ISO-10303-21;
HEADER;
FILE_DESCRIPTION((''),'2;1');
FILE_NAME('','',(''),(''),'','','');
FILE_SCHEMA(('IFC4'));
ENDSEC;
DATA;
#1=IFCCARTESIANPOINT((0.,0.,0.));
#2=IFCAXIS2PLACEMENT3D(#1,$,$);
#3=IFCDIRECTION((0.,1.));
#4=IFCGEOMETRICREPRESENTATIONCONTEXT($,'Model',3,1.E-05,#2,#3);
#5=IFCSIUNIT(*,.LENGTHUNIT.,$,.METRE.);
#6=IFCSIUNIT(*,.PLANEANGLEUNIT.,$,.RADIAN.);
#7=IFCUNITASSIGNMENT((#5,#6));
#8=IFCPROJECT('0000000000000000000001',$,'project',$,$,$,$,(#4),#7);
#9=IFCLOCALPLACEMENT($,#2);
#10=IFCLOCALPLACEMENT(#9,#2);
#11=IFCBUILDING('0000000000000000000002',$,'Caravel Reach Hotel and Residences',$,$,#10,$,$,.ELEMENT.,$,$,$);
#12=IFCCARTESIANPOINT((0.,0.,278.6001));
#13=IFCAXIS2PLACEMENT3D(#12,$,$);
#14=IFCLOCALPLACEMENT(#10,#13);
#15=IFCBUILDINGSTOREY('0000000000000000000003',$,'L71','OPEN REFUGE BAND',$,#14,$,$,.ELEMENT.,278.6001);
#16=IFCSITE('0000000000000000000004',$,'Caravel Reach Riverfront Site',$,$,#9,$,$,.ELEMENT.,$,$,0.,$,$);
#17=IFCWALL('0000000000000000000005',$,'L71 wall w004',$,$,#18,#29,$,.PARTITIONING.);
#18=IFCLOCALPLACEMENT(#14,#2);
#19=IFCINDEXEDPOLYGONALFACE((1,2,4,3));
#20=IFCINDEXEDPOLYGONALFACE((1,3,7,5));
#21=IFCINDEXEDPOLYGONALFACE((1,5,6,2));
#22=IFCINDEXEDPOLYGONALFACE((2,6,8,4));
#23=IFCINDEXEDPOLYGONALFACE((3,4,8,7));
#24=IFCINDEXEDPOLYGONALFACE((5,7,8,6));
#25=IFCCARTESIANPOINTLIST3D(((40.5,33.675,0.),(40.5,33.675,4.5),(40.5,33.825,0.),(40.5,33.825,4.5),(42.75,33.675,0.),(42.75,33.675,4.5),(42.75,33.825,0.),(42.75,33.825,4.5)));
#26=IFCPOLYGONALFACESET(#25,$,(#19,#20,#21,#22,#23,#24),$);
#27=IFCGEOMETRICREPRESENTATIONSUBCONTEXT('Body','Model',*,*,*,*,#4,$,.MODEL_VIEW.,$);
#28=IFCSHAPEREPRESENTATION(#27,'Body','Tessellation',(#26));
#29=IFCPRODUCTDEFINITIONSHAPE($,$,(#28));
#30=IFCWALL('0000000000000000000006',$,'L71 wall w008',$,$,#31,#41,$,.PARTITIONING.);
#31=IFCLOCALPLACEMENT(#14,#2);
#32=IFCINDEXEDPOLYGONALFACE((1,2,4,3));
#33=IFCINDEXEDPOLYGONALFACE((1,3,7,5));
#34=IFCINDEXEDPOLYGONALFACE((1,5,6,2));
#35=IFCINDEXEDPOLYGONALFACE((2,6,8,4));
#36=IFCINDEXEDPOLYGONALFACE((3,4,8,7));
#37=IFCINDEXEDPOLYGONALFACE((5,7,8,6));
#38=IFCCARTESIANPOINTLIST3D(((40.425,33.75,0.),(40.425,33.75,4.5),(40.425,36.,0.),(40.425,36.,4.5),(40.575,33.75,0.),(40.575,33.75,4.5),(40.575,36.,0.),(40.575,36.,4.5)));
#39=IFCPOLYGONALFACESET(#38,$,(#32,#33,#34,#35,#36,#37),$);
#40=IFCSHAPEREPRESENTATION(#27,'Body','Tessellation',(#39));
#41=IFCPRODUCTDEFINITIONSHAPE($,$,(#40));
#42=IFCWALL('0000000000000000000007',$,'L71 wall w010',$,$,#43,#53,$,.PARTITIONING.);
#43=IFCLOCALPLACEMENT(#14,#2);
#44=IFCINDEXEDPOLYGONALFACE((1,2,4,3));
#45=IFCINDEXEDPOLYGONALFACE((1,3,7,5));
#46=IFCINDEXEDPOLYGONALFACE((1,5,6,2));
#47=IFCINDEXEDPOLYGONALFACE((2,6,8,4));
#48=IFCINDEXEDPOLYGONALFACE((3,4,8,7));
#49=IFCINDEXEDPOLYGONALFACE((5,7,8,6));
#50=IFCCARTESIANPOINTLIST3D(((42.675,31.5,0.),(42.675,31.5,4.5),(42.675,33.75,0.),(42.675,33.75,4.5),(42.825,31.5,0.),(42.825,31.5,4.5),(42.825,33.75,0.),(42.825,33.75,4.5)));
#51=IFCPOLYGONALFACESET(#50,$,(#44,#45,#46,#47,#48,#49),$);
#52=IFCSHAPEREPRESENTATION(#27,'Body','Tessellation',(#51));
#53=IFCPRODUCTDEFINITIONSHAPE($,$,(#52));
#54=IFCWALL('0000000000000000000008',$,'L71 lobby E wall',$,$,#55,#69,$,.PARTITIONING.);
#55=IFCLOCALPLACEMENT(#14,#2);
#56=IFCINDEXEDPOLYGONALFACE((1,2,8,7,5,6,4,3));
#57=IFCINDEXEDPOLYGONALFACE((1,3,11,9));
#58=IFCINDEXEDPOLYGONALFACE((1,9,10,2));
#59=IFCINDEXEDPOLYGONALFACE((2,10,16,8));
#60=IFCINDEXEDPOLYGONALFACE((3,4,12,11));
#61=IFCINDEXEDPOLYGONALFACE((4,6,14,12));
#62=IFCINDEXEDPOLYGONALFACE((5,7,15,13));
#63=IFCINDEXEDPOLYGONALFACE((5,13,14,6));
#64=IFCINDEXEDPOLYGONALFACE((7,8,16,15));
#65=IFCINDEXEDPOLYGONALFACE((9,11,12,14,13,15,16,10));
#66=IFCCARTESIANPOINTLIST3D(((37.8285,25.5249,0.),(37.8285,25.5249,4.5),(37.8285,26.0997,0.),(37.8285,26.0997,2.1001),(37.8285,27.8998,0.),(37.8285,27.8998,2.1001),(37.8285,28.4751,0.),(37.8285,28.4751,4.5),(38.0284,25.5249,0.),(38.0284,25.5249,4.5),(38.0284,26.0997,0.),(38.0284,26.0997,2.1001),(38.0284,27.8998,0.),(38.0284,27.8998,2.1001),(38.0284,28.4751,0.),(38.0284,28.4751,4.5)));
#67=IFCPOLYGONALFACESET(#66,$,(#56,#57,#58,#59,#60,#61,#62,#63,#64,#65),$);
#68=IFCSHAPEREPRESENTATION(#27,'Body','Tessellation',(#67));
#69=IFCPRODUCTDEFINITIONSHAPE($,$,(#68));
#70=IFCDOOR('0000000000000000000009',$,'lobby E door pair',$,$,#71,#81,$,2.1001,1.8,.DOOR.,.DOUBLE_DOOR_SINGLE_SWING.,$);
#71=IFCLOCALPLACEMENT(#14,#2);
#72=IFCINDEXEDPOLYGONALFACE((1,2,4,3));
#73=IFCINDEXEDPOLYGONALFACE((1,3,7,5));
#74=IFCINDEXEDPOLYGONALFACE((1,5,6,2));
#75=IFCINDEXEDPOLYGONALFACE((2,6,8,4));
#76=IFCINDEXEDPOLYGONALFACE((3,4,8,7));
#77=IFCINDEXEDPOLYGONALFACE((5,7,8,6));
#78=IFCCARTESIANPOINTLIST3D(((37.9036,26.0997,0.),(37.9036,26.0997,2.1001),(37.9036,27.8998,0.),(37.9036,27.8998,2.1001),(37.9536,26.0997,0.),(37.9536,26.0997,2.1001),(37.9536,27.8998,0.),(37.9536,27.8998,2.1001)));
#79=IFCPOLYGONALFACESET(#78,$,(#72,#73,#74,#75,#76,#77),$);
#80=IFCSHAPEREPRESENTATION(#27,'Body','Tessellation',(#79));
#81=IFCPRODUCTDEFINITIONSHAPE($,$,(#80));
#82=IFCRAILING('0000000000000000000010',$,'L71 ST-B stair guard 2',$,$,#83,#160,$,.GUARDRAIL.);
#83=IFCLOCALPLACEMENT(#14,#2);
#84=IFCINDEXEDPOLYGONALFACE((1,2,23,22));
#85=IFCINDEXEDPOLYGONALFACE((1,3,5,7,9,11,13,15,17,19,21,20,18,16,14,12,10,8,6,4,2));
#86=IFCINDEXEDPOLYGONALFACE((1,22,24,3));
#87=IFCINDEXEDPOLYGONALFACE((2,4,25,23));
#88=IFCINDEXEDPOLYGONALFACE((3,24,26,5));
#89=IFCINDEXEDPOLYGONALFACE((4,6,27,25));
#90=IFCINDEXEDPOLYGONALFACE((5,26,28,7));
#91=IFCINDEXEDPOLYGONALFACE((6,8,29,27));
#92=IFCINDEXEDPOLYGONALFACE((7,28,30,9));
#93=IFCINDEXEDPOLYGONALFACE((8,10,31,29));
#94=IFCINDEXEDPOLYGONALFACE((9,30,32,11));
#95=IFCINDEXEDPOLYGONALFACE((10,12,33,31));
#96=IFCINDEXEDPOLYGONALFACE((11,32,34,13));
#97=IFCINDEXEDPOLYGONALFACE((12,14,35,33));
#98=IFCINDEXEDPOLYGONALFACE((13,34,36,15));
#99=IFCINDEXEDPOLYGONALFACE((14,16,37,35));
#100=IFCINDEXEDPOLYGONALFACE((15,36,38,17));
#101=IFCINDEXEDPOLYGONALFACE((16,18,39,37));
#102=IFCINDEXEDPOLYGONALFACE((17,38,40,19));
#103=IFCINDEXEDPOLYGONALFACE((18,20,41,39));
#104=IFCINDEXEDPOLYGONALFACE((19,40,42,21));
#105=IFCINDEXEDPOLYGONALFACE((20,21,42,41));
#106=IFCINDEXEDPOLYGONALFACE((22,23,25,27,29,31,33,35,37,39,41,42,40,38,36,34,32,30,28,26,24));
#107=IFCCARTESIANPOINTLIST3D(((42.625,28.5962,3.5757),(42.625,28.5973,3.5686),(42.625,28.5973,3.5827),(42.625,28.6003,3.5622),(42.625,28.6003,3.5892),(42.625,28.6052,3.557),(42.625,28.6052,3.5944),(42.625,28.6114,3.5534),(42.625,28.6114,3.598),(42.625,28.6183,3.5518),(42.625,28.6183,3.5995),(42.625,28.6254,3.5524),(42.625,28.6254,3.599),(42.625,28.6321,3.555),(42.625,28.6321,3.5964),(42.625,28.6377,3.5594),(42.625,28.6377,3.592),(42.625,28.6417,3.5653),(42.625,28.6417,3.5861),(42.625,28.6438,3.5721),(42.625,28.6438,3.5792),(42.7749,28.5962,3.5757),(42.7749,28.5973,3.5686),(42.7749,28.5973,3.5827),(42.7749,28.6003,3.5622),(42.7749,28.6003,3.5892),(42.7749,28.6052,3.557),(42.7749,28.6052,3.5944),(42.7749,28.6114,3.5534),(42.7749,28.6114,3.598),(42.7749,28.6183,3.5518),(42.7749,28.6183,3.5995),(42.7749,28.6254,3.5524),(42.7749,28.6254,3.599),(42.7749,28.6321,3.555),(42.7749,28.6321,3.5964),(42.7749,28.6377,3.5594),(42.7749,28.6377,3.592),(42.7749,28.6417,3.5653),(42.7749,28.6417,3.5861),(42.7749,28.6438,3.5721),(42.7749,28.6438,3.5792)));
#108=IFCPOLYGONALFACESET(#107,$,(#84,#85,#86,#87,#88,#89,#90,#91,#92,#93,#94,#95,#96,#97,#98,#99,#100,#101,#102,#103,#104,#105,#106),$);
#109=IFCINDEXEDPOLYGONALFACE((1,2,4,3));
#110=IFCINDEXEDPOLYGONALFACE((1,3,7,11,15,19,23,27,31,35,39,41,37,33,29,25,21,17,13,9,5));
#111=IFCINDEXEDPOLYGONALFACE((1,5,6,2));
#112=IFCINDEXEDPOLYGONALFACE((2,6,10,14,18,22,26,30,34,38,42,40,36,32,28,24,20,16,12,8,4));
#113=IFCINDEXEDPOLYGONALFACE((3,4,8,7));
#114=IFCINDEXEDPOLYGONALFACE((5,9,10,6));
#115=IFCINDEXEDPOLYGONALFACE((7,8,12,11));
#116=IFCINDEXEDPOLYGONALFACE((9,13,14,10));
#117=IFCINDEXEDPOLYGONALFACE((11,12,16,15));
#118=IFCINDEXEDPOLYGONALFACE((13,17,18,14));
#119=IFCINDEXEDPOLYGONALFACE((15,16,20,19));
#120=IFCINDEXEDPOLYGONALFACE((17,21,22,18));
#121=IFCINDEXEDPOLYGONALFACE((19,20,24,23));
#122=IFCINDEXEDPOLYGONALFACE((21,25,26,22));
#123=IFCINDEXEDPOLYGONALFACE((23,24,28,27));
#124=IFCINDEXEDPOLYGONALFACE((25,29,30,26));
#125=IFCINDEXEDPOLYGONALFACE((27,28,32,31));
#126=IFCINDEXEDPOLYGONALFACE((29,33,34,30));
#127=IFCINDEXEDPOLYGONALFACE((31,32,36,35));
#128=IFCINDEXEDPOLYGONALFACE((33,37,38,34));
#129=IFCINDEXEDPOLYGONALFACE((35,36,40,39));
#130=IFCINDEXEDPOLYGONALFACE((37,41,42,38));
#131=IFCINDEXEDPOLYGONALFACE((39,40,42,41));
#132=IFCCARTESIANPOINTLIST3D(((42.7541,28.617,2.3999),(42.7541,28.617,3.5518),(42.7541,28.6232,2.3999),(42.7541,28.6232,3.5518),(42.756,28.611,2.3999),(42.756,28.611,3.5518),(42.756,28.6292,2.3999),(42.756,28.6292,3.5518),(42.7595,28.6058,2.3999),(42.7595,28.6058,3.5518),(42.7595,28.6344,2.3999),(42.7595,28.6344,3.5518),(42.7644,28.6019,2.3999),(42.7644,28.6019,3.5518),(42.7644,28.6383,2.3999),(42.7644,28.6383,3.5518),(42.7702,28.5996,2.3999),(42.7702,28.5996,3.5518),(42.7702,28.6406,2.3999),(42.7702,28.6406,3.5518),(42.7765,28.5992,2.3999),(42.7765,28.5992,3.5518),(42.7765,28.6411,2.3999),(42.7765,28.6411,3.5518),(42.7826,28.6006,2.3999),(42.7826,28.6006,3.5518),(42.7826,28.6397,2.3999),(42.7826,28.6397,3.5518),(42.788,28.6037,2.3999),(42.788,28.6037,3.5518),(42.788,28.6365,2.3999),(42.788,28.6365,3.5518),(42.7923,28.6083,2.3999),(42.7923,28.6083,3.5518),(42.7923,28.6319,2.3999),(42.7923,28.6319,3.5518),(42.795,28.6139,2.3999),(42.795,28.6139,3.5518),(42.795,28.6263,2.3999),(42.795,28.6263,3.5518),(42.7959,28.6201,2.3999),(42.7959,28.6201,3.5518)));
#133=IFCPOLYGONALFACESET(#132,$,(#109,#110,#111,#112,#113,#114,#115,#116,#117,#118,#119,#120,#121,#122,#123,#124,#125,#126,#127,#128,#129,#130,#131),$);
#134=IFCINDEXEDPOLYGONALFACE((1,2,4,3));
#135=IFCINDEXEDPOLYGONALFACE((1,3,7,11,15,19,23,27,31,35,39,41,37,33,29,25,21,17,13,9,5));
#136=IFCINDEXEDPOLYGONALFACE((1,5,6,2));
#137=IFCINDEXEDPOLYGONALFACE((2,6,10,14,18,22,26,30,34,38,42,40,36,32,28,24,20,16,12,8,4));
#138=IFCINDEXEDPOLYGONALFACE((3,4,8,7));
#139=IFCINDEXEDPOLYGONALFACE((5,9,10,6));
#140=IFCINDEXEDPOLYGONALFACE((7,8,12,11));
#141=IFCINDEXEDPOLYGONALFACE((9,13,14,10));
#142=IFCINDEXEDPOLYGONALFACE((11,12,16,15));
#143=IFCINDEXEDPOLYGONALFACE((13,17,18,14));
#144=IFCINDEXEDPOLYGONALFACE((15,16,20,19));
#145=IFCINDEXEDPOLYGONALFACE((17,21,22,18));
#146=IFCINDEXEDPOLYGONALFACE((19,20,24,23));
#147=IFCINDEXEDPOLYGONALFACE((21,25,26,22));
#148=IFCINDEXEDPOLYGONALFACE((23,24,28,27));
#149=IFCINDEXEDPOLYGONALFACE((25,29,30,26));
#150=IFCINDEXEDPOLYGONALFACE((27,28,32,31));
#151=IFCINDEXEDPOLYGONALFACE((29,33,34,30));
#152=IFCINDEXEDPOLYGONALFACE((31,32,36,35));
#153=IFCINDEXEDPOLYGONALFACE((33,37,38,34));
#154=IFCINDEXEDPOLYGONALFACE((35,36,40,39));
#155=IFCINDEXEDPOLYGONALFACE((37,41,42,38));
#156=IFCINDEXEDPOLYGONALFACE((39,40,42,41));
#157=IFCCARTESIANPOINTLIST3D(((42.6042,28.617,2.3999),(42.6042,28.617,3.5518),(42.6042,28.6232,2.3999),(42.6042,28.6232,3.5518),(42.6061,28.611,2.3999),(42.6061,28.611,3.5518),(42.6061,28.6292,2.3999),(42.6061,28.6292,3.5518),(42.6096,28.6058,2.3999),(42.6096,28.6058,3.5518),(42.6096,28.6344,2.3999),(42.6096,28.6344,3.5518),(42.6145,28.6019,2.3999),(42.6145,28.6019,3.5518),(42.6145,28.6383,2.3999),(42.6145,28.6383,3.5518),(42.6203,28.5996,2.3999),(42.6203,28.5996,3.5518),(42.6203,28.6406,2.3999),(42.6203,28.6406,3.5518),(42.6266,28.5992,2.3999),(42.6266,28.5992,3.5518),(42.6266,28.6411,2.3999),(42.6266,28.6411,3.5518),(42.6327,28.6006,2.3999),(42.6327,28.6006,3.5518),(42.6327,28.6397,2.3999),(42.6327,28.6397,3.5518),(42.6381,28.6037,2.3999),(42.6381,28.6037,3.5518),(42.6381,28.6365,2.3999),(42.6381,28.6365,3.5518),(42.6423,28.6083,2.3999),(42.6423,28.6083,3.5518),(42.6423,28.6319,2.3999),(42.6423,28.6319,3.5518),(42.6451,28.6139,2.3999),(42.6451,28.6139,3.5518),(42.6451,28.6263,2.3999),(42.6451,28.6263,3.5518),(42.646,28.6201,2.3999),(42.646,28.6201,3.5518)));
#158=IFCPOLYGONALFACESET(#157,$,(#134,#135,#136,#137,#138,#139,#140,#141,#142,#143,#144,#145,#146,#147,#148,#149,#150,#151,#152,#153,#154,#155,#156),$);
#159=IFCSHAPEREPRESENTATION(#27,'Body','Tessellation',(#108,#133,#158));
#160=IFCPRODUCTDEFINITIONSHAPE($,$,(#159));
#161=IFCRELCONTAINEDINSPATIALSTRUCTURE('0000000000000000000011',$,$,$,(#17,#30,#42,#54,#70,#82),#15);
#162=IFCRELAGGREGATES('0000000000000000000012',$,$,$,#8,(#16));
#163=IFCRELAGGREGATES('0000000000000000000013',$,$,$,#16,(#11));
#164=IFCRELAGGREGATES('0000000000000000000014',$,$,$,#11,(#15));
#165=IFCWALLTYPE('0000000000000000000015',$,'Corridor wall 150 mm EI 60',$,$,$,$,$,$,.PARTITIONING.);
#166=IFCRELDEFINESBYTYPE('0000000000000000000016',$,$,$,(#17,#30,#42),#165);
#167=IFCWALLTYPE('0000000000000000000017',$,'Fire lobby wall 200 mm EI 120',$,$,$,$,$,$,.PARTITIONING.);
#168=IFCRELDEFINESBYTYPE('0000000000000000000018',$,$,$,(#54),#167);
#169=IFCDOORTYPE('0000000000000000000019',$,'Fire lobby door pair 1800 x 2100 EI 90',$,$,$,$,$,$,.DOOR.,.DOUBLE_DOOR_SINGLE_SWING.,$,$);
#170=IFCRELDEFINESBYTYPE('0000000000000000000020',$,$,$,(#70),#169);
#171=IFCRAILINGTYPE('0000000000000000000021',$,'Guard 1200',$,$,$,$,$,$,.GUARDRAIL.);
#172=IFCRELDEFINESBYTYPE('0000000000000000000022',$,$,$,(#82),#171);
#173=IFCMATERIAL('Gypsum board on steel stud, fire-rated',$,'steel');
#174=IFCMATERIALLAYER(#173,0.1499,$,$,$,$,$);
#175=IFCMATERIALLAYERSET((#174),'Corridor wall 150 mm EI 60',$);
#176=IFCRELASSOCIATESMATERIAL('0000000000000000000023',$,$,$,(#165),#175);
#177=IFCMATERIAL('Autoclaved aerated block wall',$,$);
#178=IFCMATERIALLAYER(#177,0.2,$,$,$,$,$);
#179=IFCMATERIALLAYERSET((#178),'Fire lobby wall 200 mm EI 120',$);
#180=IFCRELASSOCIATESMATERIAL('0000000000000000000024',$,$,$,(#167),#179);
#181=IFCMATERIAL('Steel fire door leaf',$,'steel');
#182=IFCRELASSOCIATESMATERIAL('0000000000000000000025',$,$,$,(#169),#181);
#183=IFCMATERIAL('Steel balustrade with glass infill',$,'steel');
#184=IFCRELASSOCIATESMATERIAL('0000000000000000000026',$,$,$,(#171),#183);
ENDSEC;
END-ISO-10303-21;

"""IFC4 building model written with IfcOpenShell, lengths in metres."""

from ifc_helpers import new_model, si_unit, direction, frame, frame_2d, origin, origin_2d, place, context, subcontext, project, spatial, rectangle, circle, extrude, material, layer, layer_set, type_object, element, fill, save


model = new_model("IFC4")

# Units and contexts
model_context = context("Model", 3, precision=1e-05, world=origin(), true_north=direction((0.0, 1.0)))
body_context = subcontext(model_context, "Body", "Model", "MODEL_VIEW")
ifc_project = project(units=[si_unit("LENGTHUNIT", "METRE"), si_unit("PLANEANGLEUNIT", "RADIAN")], contexts=[model_context])

# Site, building, storey
site_placement = place(None, origin())
site = spatial("IfcSite", under=ifc_project, at=site_placement, Name="Caravel Reach Riverfront Site", CompositionType="ELEMENT", RefElevation=0.0)
building_placement = place(site_placement, origin())
building = spatial("IfcBuilding", under=site, at=building_placement, Name="Caravel Reach Hotel and Residences", CompositionType="ELEMENT")
storey_placement = place(building_placement, frame((0.0, 0.0, 278.6001)))
storey = spatial("IfcBuildingStorey", under=building, at=storey_placement, Name="L71", Description="OPEN REFUGE BAND", CompositionType="ELEMENT", Elevation=278.6001)

# Walls
ifc_material_1 = material(Name="Gypsum board on steel stud, fire-rated", Category="steel")
ifc_layer_1 = layer(ifc_material_1, 0.1499)
ifc_layer_set_1 = layer_set([ifc_layer_1], Name="Corridor wall 150 mm EI 60")
wall_type_1 = type_object("IfcWallType", Name="Corridor wall 150 mm EI 60", PredefinedType="PARTITIONING", material=ifc_layer_set_1)
for number, where, z_axis, x_axis, name in (
    (1, (40.5, 33.75, 0.0), (0.0, 0.0, 1.0), (1.0, 0.0, 0.0), "L71 wall w004"),
    (2, (40.5, 33.75, 0.0), (0.0, 0.0, 1.0), (0.0, 1.0, 0.0), "L71 wall w008"),
    (3, (42.75, 31.5, 0.0), (0.0, 0.0, 1.0), (0.0, 1.0, 0.0), "L71 wall w010"),
):
    element("IfcWall", number, at=place(storey_placement, frame(where, z_axis=z_axis, x_axis=x_axis)), inside=storey, type_object=wall_type_1, Name=name, PredefinedType="PARTITIONING", context=body_context, shape_type="SweptSolid", body=[
        extrude(rectangle(XDim=2.25, YDim=0.1499, at=frame_2d((1.125, 0.0))), origin(), (0.0, 0.0, 1.0), 4.5),
    ])

# Wall, opening, door
ifc_material_2 = material(Name="Autoclaved aerated block wall")
ifc_layer_2 = layer(ifc_material_2, 0.2)
ifc_layer_set_2 = layer_set([ifc_layer_2], Name="Fire lobby wall 200 mm EI 120")
wall_type_2 = type_object("IfcWallType", Name="Fire lobby wall 200 mm EI 120", PredefinedType="PARTITIONING", material=ifc_layer_set_2)
wall_1_placement = place(storey_placement, frame((37.9285, 25.5249, 0.0), z_axis=(0.0, 0.0, 1.0), x_axis=(0.0, 1.0, 0.0)))
wall_1 = element("IfcWall", 4, at=wall_1_placement, inside=storey, type_object=wall_type_2, Name="L71 lobby E wall", PredefinedType="PARTITIONING", context=body_context, shape_type="SweptSolid", body=[
    extrude(rectangle(XDim=2.9502, YDim=0.2, at=frame_2d((1.4751, 0.0))), origin(), (0.0, 0.0, 1.0), 4.5),
])
opening_placement = place(wall_1_placement, frame((0.575, 0.0, 0.0)))
opening = element("IfcOpeningElement", 5, at=opening_placement, cuts=wall_1, PredefinedType="OPENING", context=body_context, shape_type="SweptSolid", body=[
    extrude(rectangle(XDim=1.8, YDim=2.1001, at=frame_2d((0.8999, 1.05))), frame((0.0, 0.1099, 0.0), z_axis=(0.0, -1.0, 0.0), x_axis=(1.0, 0.0, 0.0)), (0.0, 0.0, 1.0), 0.22),
])
ifc_material_3 = material(Name="Steel fire door leaf", Category="steel")
door_type = type_object("IfcDoorType", Name="Fire lobby door pair 1800 x 2100 EI 90", OperationType="DOUBLE_DOOR_SINGLE_SWING", PredefinedType="DOOR", material=ifc_material_3)
door_placement = place(opening_placement, origin())
door = element("IfcDoor", 6, at=door_placement, inside=storey, type_object=door_type, Name="lobby E door pair", OperationType="DOUBLE_DOOR_SINGLE_SWING", OverallHeight=2.1001, OverallWidth=1.8, PredefinedType="DOOR", context=body_context, shape_type="SweptSolid", body=[
    extrude(rectangle(XDim=1.8, YDim=2.1001, at=frame_2d((0.8999, 1.05))), frame((0.0, 0.0249, 0.0), z_axis=(0.0, -1.0, 0.0), x_axis=(1.0, 0.0, 0.0)), (0.0, 0.0, 1.0), 0.05),
])
fill(opening, door)

# Railing
ifc_material_4 = material(Name="Steel balustrade with glass infill", Category="steel")
railing_type_1 = type_object("IfcRailingType", Name="Guard 1200", PredefinedType="GUARDRAIL", material=ifc_material_4)
railing_1_placement = place(storey_placement, frame((42.7749, 28.6201, 2.3999)))
element("IfcRailing", 7, at=railing_1_placement, inside=storey, type_object=railing_type_1, Name="L71 ST-B stair guard 2", PredefinedType="GUARDRAIL", context=body_context, shape_type="SweptSolid", body=[
    extrude(circle(Radius=0.0239, at=origin_2d()), frame((0.0, 0.0, 1.1758), z_axis=(-1.0, 0.0, 0.0), x_axis=(0.0, -1.0, 0.0)), (0.0, 0.0, 1.0), 0.1499),
    extrude(circle(Radius=0.021, at=origin_2d()), origin(), (0.0, 0.0, 1.0), 1.1519),
    extrude(circle(Radius=0.021, at=origin_2d()), frame((-0.1499, 0.0, 0.0)), (0.0, 0.0, 1.0), 1.1519),
])

save(model, "model.ifc")
